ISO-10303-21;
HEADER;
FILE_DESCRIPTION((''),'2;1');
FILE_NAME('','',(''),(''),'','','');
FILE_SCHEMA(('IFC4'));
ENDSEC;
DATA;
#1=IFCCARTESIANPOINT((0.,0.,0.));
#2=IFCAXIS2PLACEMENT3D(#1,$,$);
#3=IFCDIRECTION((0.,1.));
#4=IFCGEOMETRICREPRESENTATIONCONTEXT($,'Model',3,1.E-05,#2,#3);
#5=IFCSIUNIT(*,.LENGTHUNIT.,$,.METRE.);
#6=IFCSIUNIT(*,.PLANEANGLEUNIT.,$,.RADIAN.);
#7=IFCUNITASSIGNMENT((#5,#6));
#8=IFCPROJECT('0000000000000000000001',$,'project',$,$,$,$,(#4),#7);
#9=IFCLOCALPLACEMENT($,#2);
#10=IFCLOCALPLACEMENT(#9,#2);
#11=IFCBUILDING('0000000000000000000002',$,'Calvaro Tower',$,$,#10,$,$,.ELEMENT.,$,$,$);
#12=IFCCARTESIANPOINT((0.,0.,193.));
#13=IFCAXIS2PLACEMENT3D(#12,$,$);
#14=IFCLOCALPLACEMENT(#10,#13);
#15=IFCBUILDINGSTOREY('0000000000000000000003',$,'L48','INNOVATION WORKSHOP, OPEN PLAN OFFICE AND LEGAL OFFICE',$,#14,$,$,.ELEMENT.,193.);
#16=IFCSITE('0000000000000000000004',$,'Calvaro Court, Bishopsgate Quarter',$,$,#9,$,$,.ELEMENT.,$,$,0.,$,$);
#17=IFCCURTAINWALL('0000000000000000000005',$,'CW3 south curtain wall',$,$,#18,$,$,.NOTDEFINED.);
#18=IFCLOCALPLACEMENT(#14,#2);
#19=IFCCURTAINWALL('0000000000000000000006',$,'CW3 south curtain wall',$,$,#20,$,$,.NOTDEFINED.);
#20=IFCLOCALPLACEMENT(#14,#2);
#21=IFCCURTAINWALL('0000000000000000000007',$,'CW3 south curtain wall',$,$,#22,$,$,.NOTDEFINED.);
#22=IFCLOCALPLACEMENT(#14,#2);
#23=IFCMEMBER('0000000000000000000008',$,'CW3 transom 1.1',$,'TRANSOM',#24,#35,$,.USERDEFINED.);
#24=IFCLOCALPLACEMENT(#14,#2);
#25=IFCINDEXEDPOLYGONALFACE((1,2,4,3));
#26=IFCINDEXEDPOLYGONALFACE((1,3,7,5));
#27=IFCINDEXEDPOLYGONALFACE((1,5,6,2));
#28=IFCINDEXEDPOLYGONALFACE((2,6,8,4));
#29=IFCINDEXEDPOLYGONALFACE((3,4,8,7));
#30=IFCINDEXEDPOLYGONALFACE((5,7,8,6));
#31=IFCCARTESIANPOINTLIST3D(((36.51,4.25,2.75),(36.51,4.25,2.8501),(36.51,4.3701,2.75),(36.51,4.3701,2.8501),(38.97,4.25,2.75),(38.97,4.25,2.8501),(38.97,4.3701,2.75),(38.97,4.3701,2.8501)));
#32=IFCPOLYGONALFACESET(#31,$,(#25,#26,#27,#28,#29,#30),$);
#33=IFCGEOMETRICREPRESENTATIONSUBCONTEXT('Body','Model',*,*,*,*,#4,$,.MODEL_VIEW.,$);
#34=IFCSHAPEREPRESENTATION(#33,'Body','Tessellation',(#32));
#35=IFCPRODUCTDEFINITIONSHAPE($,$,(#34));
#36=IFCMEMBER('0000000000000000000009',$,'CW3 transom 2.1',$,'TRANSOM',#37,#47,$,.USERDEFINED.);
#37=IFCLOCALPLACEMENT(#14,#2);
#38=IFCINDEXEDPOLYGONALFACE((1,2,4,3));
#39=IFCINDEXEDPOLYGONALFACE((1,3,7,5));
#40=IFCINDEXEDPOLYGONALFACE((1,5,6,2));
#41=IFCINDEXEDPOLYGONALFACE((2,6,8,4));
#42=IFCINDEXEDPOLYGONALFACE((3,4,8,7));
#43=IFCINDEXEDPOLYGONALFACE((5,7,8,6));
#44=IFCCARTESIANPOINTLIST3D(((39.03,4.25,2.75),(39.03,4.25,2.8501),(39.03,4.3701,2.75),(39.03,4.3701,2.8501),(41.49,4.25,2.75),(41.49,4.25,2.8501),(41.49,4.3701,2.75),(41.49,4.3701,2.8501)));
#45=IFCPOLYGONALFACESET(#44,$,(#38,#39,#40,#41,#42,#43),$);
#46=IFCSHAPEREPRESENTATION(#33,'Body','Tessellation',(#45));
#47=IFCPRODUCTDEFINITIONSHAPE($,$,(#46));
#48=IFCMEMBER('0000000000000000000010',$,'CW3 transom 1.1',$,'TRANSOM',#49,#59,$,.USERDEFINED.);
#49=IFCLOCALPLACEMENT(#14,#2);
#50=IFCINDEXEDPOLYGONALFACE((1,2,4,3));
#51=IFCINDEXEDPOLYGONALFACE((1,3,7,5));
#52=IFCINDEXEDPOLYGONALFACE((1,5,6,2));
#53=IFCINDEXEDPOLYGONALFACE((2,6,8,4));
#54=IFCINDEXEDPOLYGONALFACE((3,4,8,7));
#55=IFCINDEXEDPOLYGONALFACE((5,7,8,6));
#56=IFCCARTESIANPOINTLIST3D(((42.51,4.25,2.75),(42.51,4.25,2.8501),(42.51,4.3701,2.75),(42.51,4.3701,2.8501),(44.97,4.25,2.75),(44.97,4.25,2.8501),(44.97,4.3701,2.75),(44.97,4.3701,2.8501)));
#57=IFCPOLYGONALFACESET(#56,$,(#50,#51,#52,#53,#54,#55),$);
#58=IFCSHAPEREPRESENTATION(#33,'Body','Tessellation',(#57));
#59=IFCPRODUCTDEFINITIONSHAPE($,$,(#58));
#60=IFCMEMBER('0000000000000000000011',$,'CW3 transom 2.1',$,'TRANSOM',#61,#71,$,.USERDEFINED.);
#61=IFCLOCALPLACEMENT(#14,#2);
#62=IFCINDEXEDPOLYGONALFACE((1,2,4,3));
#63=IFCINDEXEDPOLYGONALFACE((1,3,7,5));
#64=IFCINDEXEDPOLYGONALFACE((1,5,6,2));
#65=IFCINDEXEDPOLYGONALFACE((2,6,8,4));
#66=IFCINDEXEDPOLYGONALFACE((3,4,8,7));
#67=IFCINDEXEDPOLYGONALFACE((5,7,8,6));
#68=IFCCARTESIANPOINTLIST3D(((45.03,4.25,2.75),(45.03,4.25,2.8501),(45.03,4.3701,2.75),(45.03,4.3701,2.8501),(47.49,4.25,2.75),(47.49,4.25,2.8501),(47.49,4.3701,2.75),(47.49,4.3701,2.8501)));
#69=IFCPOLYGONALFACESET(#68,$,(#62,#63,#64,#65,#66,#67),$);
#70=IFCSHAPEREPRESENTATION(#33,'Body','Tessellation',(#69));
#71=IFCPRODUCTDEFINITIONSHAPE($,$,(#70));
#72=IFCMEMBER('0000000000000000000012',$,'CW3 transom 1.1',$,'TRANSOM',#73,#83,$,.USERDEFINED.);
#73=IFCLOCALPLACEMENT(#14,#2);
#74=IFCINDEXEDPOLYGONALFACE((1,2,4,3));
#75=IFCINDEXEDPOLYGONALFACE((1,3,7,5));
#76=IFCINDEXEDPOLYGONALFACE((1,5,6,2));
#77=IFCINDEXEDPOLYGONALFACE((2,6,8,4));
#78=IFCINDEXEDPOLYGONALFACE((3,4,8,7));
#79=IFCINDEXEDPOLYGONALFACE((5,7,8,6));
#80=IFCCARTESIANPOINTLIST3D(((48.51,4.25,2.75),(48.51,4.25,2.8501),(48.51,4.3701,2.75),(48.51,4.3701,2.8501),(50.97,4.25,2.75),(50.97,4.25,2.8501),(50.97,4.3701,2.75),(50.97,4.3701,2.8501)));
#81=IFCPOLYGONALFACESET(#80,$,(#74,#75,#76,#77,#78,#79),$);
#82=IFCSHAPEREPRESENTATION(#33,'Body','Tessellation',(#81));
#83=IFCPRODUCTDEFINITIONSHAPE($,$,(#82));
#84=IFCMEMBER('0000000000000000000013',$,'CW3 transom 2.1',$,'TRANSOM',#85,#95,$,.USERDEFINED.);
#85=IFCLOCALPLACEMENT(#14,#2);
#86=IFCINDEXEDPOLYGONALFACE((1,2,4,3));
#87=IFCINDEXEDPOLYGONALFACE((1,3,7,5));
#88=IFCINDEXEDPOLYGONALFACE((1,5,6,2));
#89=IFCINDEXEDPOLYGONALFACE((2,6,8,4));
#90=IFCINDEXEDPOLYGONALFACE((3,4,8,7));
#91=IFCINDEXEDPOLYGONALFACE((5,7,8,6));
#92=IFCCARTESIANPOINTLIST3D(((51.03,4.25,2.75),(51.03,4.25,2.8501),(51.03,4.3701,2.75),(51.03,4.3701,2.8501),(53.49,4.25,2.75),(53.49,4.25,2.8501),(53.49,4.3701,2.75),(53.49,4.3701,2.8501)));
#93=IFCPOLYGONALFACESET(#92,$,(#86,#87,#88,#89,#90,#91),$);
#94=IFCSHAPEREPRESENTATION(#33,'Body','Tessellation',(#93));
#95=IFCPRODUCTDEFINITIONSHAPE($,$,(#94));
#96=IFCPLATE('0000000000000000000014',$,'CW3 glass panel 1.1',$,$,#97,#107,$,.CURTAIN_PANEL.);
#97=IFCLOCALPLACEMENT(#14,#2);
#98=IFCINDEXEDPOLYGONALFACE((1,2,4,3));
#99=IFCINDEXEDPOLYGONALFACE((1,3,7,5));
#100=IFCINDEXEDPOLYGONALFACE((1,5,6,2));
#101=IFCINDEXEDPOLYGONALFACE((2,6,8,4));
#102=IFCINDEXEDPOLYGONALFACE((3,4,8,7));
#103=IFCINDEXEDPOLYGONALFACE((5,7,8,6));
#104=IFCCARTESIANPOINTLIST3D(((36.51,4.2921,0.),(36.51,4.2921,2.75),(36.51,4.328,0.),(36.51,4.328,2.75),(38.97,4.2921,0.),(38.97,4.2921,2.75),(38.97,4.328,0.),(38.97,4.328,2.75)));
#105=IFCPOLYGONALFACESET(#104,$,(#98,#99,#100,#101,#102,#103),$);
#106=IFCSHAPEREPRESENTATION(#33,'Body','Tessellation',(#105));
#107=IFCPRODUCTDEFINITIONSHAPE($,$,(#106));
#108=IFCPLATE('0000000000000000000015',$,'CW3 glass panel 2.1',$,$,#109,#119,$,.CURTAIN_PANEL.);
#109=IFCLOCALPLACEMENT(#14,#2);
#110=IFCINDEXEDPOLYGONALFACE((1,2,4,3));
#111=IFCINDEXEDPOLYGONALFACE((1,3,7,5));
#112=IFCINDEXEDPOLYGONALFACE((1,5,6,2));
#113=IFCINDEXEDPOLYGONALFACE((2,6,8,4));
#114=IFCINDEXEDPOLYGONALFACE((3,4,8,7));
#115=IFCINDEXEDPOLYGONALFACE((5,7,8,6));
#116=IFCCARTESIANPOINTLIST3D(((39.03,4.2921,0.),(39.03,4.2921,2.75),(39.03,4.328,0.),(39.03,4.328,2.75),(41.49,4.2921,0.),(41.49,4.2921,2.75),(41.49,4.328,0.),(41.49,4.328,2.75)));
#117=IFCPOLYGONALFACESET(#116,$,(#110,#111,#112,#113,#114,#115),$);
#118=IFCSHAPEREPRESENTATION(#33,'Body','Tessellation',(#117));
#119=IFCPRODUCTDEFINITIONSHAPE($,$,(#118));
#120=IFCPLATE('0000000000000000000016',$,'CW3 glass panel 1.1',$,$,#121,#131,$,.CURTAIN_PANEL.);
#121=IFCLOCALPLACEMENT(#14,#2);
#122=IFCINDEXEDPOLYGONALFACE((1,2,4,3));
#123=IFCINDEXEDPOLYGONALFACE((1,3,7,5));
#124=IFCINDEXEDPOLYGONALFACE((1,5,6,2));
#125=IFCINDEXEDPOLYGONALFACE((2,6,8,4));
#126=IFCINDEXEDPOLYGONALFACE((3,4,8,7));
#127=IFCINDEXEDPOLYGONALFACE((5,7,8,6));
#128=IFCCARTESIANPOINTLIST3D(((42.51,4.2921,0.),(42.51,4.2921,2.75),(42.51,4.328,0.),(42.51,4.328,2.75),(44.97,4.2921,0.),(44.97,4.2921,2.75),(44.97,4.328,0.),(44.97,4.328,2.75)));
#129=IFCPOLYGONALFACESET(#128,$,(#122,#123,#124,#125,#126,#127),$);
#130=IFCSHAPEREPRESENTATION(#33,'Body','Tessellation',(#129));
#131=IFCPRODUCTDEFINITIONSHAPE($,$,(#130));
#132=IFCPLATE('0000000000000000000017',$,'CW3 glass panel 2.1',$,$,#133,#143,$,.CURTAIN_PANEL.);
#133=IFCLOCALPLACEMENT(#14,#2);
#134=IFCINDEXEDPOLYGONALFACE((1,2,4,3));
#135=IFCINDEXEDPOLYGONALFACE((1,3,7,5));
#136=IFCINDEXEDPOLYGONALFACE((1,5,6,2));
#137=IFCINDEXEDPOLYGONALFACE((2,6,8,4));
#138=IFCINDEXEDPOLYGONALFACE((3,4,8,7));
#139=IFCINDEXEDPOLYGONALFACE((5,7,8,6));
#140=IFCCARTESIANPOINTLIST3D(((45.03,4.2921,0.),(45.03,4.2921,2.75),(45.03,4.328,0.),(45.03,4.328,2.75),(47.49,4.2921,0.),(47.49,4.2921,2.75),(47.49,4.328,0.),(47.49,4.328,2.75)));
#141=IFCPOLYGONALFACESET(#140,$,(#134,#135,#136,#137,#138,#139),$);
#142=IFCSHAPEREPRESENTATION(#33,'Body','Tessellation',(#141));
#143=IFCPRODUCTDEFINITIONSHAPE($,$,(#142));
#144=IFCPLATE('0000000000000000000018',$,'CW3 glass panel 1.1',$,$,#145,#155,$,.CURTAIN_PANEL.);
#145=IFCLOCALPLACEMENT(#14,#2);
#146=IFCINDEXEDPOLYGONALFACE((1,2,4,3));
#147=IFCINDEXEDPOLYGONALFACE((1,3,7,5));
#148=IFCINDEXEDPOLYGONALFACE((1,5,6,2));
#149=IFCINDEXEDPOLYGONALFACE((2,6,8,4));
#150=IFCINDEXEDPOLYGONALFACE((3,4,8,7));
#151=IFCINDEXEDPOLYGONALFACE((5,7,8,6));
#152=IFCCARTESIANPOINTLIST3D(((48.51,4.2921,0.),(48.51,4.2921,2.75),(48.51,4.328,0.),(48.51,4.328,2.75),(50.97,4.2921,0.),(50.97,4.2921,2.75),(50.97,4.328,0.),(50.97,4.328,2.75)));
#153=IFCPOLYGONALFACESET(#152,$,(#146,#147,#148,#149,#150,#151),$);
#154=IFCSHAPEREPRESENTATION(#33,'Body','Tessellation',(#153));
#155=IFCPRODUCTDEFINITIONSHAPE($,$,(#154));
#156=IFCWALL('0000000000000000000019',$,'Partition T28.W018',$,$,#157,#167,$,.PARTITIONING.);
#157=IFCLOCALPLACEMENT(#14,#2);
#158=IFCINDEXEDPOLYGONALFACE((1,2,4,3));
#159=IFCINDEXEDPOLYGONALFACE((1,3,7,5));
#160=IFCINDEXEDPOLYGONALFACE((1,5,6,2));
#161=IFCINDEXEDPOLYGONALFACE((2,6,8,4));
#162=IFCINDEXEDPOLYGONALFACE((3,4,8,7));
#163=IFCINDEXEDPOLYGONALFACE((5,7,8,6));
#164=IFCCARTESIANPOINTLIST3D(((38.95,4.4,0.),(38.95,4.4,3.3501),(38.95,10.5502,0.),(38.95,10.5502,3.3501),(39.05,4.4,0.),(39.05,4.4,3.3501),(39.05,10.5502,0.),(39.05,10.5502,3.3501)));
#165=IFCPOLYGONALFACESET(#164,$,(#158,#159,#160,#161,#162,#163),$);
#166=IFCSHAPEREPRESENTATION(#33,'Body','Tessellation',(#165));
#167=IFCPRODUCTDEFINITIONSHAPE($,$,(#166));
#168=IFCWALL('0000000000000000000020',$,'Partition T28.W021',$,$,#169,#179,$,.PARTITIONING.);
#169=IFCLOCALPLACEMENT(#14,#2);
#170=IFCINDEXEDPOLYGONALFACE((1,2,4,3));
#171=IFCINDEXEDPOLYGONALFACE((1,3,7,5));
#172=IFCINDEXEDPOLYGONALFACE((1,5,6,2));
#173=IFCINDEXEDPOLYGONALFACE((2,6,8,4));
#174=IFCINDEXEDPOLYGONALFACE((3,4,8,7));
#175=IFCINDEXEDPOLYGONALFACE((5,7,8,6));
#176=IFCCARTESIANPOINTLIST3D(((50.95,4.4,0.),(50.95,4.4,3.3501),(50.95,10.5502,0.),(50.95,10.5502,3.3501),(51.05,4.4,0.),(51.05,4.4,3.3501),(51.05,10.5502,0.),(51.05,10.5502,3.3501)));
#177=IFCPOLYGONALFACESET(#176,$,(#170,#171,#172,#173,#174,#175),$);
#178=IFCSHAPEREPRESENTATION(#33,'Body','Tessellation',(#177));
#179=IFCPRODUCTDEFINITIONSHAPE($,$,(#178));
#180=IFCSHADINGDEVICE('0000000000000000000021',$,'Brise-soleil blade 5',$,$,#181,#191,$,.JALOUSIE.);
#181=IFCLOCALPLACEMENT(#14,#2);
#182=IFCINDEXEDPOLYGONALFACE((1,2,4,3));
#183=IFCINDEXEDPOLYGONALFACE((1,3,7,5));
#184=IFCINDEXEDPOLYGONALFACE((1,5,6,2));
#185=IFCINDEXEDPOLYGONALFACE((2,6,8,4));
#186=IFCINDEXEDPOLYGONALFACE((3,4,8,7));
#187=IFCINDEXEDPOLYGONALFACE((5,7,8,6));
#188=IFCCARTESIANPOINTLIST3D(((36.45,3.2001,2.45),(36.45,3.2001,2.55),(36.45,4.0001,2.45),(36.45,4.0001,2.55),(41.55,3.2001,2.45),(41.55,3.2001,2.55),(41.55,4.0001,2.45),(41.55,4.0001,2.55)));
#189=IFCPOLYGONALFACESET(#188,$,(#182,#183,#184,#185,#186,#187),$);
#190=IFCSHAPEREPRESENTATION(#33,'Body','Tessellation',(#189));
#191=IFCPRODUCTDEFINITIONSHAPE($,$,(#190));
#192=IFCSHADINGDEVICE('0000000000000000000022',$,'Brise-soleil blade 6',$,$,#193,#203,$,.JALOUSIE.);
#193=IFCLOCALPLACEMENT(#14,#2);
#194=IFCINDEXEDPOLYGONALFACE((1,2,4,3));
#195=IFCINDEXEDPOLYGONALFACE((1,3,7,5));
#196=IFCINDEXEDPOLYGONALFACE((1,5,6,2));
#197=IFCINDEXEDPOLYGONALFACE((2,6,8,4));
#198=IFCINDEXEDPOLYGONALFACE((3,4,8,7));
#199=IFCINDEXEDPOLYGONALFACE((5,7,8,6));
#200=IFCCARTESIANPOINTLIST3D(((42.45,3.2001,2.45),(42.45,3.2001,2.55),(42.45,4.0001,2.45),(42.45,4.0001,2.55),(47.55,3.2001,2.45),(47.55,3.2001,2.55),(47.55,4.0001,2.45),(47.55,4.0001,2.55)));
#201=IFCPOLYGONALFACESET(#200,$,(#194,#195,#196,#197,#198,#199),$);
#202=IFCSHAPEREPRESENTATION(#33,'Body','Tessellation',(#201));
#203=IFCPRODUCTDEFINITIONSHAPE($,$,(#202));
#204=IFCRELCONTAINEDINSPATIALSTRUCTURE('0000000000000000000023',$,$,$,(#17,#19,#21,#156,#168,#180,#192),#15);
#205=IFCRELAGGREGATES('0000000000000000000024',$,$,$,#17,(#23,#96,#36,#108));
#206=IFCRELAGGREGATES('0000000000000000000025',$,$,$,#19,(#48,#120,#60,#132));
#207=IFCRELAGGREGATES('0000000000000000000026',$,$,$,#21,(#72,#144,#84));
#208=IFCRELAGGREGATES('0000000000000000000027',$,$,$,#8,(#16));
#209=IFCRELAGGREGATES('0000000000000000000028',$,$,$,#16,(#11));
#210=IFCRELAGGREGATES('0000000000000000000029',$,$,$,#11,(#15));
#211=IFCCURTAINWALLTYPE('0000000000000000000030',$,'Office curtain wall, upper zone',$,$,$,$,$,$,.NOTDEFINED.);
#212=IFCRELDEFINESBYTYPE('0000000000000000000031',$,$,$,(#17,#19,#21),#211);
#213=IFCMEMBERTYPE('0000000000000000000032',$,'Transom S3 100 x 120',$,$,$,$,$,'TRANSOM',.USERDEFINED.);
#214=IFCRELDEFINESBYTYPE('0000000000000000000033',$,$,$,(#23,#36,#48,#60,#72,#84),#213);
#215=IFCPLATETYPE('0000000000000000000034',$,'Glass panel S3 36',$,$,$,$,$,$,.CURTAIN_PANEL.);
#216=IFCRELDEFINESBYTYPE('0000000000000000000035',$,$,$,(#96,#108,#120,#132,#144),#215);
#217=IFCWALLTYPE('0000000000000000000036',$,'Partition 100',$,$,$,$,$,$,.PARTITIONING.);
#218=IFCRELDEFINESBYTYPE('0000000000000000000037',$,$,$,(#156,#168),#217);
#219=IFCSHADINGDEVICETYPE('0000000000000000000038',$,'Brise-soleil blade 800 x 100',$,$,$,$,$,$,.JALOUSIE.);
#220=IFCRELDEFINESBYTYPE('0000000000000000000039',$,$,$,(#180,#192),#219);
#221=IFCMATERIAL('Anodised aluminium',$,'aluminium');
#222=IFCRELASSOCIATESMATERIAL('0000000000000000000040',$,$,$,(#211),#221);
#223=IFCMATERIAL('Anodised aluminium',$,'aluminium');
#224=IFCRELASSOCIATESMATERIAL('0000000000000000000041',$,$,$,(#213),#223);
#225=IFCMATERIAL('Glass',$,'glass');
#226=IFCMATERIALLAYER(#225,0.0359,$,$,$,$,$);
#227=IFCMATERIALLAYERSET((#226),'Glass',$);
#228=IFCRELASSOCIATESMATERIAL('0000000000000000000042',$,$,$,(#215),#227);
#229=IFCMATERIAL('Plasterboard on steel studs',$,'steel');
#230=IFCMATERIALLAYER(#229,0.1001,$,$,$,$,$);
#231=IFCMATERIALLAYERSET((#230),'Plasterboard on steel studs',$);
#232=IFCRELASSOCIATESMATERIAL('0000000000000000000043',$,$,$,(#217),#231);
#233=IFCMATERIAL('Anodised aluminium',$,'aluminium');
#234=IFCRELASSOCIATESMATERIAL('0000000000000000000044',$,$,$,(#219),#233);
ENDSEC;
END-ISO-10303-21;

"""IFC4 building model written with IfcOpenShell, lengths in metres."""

from ifc_helpers import new_model, si_unit, direction, frame, frame_2d, origin, origin_2d, place, context, subcontext, project, spatial, rectangle, extrude, material, layer, layer_set, material_profile, profile_set, type_object, element, aggregate, save


model = new_model("IFC4")

# Units and contexts
model_context = context("Model", 3, precision=1e-05, world=origin(), true_north=direction((0.0, 1.0)))
body_context = subcontext(model_context, "Body", "Model", "MODEL_VIEW")
ifc_project = project(units=[si_unit("LENGTHUNIT", "METRE"), si_unit("PLANEANGLEUNIT", "RADIAN")], contexts=[model_context])

# Site, building, storey
site_placement = place(None, origin())
site = spatial("IfcSite", under=ifc_project, at=site_placement, Name="Calvaro Court, Bishopsgate Quarter", CompositionType="ELEMENT", RefElevation=0.0)
building_placement = place(site_placement, origin())
building = spatial("IfcBuilding", under=site, at=building_placement, Name="Calvaro Tower", CompositionType="ELEMENT")
storey_placement = place(building_placement, frame((0.0, 0.0, 193.0)))
storey = spatial("IfcBuildingStorey", under=building, at=storey_placement, Name="L48", Description="INNOVATION WORKSHOP, OPEN PLAN OFFICE AND LEGAL OFFICE", CompositionType="ELEMENT", Elevation=193.0)

# Shared definitions
ifc_material_1 = material(Name="Anodised aluminium", Category="aluminium")
curtain_wall_type = type_object("IfcCurtainWallType", Name="Office curtain wall, upper zone", PredefinedType="NOTDEFINED", material=ifc_material_1)

# Curtain walls
curtain_wall_1_placement = place(storey_placement, origin())
curtain_wall_1 = element("IfcCurtainWall", 1, at=curtain_wall_1_placement, inside=storey, type_object=curtain_wall_type, Name="CW3 south curtain wall", PredefinedType="NOTDEFINED")
curtain_wall_2_placement = place(storey_placement, origin())
curtain_wall_2 = element("IfcCurtainWall", 2, at=curtain_wall_2_placement, inside=storey, type_object=curtain_wall_type, Name="CW3 south curtain wall", PredefinedType="NOTDEFINED")
curtain_wall_3_placement = place(storey_placement, origin())
curtain_wall_3 = element("IfcCurtainWall", 3, at=curtain_wall_3_placement, inside=storey, type_object=curtain_wall_type, Name="CW3 south curtain wall", PredefinedType="NOTDEFINED")

# Members
ifc_material_2 = material(Name="Anodised aluminium", Category="aluminium")
ifc_material_profile_1 = material_profile(ifc_material_2, rectangle(XDim=0.1201, YDim=0.1001, at=origin_2d()), Name="Transom S3 100 x 120")
ifc_profile_set_1 = profile_set([ifc_material_profile_1], Name="Anodised aluminium")
member_type_1 = type_object("IfcMemberType", Name="Transom S3 100 x 120", ElementType="TRANSOM", PredefinedType="USERDEFINED", material=ifc_profile_set_1)
member_1_placement = place(storey_placement, frame((36.51, 4.3101, 2.8), z_axis=(1.0, 0.0, 0.0), x_axis=(0.0, 1.0, 0.0)))
member_1 = element("IfcMember", 4, at=member_1_placement, type_object=member_type_1, Name="CW3 transom 1.1", ObjectType="TRANSOM", PredefinedType="USERDEFINED", context=body_context, shape_type="SweptSolid", body=[
    extrude(rectangle(XDim=0.1201, YDim=0.1001, at=origin_2d()), origin(), (0.0, 0.0, 1.0), 2.46),
])
member_2_placement = place(storey_placement, frame((39.03, 4.3101, 2.8), z_axis=(1.0, 0.0, 0.0), x_axis=(0.0, 1.0, 0.0)))
member_2 = element("IfcMember", 5, at=member_2_placement, type_object=member_type_1, Name="CW3 transom 2.1", ObjectType="TRANSOM", PredefinedType="USERDEFINED", context=body_context, shape_type="SweptSolid", body=[
    extrude(rectangle(XDim=0.1201, YDim=0.1001, at=origin_2d()), origin(), (0.0, 0.0, 1.0), 2.46),
])
member_3_placement = place(storey_placement, frame((42.51, 4.3101, 2.8), z_axis=(1.0, 0.0, 0.0), x_axis=(0.0, 1.0, 0.0)))
member_3 = element("IfcMember", 6, at=member_3_placement, type_object=member_type_1, Name="CW3 transom 1.1", ObjectType="TRANSOM", PredefinedType="USERDEFINED", context=body_context, shape_type="SweptSolid", body=[
    extrude(rectangle(XDim=0.1201, YDim=0.1001, at=origin_2d()), origin(), (0.0, 0.0, 1.0), 2.46),
])
member_4_placement = place(storey_placement, frame((45.03, 4.3101, 2.8), z_axis=(1.0, 0.0, 0.0), x_axis=(0.0, 1.0, 0.0)))
member_4 = element("IfcMember", 7, at=member_4_placement, type_object=member_type_1, Name="CW3 transom 2.1", ObjectType="TRANSOM", PredefinedType="USERDEFINED", context=body_context, shape_type="SweptSolid", body=[
    extrude(rectangle(XDim=0.1201, YDim=0.1001, at=origin_2d()), origin(), (0.0, 0.0, 1.0), 2.46),
])
member_5_placement = place(storey_placement, frame((48.51, 4.3101, 2.8), z_axis=(1.0, 0.0, 0.0), x_axis=(0.0, 1.0, 0.0)))
member_5 = element("IfcMember", 8, at=member_5_placement, type_object=member_type_1, Name="CW3 transom 1.1", ObjectType="TRANSOM", PredefinedType="USERDEFINED", context=body_context, shape_type="SweptSolid", body=[
    extrude(rectangle(XDim=0.1201, YDim=0.1001, at=origin_2d()), origin(), (0.0, 0.0, 1.0), 2.46),
])
member_6_placement = place(storey_placement, frame((51.03, 4.3101, 2.8), z_axis=(1.0, 0.0, 0.0), x_axis=(0.0, 1.0, 0.0)))
member_6 = element("IfcMember", 9, at=member_6_placement, type_object=member_type_1, Name="CW3 transom 2.1", ObjectType="TRANSOM", PredefinedType="USERDEFINED", context=body_context, shape_type="SweptSolid", body=[
    extrude(rectangle(XDim=0.1201, YDim=0.1001, at=origin_2d()), origin(), (0.0, 0.0, 1.0), 2.46),
])

# Plates
ifc_material_3 = material(Name="Glass", Category="glass")
ifc_layer_1 = layer(ifc_material_3, 0.0359)
ifc_layer_set_1 = layer_set([ifc_layer_1], Name="Glass")
plate_type = type_object("IfcPlateType", Name="Glass panel S3 36", PredefinedType="CURTAIN_PANEL", material=ifc_layer_set_1)
plate_1_placement = place(storey_placement, frame((37.74, 4.3101, 0.0), z_axis=(0.0, 0.0, 1.0), x_axis=(1.0, 0.0, 0.0)))
plate_1 = element("IfcPlate", 10, at=plate_1_placement, type_object=plate_type, Name="CW3 glass panel 1.1", PredefinedType="CURTAIN_PANEL", context=body_context, shape_type="SweptSolid", body=[
    extrude(rectangle(XDim=2.46, YDim=0.0359, at=origin_2d()), origin(), (0.0, 0.0, 1.0), 2.75),
])
plate_2_placement = place(storey_placement, frame((40.26, 4.3101, 0.0), z_axis=(0.0, 0.0, 1.0), x_axis=(1.0, 0.0, 0.0)))
plate_2 = element("IfcPlate", 11, at=plate_2_placement, type_object=plate_type, Name="CW3 glass panel 2.1", PredefinedType="CURTAIN_PANEL", context=body_context, shape_type="SweptSolid", body=[
    extrude(rectangle(XDim=2.46, YDim=0.0359, at=origin_2d()), origin(), (0.0, 0.0, 1.0), 2.75),
])
aggregate(curtain_wall_1, [member_1, plate_1, member_2, plate_2])
plate_3_placement = place(storey_placement, frame((43.74, 4.3101, 0.0), z_axis=(0.0, 0.0, 1.0), x_axis=(1.0, 0.0, 0.0)))
plate_3 = element("IfcPlate", 12, at=plate_3_placement, type_object=plate_type, Name="CW3 glass panel 1.1", PredefinedType="CURTAIN_PANEL", context=body_context, shape_type="SweptSolid", body=[
    extrude(rectangle(XDim=2.46, YDim=0.0359, at=origin_2d()), origin(), (0.0, 0.0, 1.0), 2.75),
])
plate_4_placement = place(storey_placement, frame((46.26, 4.3101, 0.0), z_axis=(0.0, 0.0, 1.0), x_axis=(1.0, 0.0, 0.0)))
plate_4 = element("IfcPlate", 13, at=plate_4_placement, type_object=plate_type, Name="CW3 glass panel 2.1", PredefinedType="CURTAIN_PANEL", context=body_context, shape_type="SweptSolid", body=[
    extrude(rectangle(XDim=2.46, YDim=0.0359, at=origin_2d()), origin(), (0.0, 0.0, 1.0), 2.75),
])
aggregate(curtain_wall_2, [member_3, plate_3, member_4, plate_4])
plate_5_placement = place(storey_placement, frame((49.74, 4.3101, 0.0), z_axis=(0.0, 0.0, 1.0), x_axis=(1.0, 0.0, 0.0)))
plate_5 = element("IfcPlate", 14, at=plate_5_placement, type_object=plate_type, Name="CW3 glass panel 1.1", PredefinedType="CURTAIN_PANEL", context=body_context, shape_type="SweptSolid", body=[
    extrude(rectangle(XDim=2.46, YDim=0.0359, at=origin_2d()), origin(), (0.0, 0.0, 1.0), 2.75),
])
aggregate(curtain_wall_3, [member_5, plate_5, member_6])

# Walls
ifc_material_4 = material(Name="Plasterboard on steel studs", Category="steel")
ifc_layer_2 = layer(ifc_material_4, 0.1001)
ifc_layer_set_2 = layer_set([ifc_layer_2], Name="Plasterboard on steel studs")
wall_type = type_object("IfcWallType", Name="Partition 100", PredefinedType="PARTITIONING", material=ifc_layer_set_2)
for number, where, z_axis, x_axis, name in (
    (15, (39.0, 4.3999, 0.0), (0.0, 0.0, 1.0), (0.0, 1.0, 0.0), "Partition T28.W018"),
    (16, (51.0, 4.3999, 0.0), (0.0, 0.0, 1.0), (0.0, 1.0, 0.0), "Partition T28.W021"),
):
    element("IfcWall", number, at=place(storey_placement, frame(where, z_axis=z_axis, x_axis=x_axis)), inside=storey, type_object=wall_type, Name=name, PredefinedType="PARTITIONING", context=body_context, shape_type="SweptSolid", body=[
        extrude(rectangle(XDim=6.1501, YDim=0.1001, at=frame_2d((3.0752, 0.0))), origin(), (0.0, 0.0, 1.0), 3.3501),
    ])

# Shading devices
ifc_material_5 = material(Name="Anodised aluminium", Category="aluminium")
ifc_material_profile_2 = material_profile(ifc_material_5, rectangle(XDim=0.8, YDim=0.1001, at=origin_2d()), Name="Brise-soleil blade 800 x 100")
ifc_profile_set_2 = profile_set([ifc_material_profile_2], Name="Anodised aluminium")
shading_device_type = type_object("IfcShadingDeviceType", Name="Brise-soleil blade 800 x 100", PredefinedType="JALOUSIE", material=ifc_profile_set_2)
for number, where, z_axis, x_axis, name in (
    (17, (36.45, 3.6001, 2.5), (1.0, 0.0, 0.0), (0.0, 1.0, 0.0), "Brise-soleil blade 5"),
    (18, (42.45, 3.6001, 2.5), (1.0, 0.0, 0.0), (0.0, 1.0, 0.0), "Brise-soleil blade 6"),
):
    element("IfcShadingDevice", number, at=place(storey_placement, frame(where, z_axis=z_axis, x_axis=x_axis)), inside=storey, type_object=shading_device_type, Name=name, PredefinedType="JALOUSIE", context=body_context, shape_type="SweptSolid", body=[
        extrude(rectangle(XDim=0.8, YDim=0.1001, at=origin_2d()), origin(), (0.0, 0.0, 1.0), 5.1001),
    ])

save(model, "model.ifc")
